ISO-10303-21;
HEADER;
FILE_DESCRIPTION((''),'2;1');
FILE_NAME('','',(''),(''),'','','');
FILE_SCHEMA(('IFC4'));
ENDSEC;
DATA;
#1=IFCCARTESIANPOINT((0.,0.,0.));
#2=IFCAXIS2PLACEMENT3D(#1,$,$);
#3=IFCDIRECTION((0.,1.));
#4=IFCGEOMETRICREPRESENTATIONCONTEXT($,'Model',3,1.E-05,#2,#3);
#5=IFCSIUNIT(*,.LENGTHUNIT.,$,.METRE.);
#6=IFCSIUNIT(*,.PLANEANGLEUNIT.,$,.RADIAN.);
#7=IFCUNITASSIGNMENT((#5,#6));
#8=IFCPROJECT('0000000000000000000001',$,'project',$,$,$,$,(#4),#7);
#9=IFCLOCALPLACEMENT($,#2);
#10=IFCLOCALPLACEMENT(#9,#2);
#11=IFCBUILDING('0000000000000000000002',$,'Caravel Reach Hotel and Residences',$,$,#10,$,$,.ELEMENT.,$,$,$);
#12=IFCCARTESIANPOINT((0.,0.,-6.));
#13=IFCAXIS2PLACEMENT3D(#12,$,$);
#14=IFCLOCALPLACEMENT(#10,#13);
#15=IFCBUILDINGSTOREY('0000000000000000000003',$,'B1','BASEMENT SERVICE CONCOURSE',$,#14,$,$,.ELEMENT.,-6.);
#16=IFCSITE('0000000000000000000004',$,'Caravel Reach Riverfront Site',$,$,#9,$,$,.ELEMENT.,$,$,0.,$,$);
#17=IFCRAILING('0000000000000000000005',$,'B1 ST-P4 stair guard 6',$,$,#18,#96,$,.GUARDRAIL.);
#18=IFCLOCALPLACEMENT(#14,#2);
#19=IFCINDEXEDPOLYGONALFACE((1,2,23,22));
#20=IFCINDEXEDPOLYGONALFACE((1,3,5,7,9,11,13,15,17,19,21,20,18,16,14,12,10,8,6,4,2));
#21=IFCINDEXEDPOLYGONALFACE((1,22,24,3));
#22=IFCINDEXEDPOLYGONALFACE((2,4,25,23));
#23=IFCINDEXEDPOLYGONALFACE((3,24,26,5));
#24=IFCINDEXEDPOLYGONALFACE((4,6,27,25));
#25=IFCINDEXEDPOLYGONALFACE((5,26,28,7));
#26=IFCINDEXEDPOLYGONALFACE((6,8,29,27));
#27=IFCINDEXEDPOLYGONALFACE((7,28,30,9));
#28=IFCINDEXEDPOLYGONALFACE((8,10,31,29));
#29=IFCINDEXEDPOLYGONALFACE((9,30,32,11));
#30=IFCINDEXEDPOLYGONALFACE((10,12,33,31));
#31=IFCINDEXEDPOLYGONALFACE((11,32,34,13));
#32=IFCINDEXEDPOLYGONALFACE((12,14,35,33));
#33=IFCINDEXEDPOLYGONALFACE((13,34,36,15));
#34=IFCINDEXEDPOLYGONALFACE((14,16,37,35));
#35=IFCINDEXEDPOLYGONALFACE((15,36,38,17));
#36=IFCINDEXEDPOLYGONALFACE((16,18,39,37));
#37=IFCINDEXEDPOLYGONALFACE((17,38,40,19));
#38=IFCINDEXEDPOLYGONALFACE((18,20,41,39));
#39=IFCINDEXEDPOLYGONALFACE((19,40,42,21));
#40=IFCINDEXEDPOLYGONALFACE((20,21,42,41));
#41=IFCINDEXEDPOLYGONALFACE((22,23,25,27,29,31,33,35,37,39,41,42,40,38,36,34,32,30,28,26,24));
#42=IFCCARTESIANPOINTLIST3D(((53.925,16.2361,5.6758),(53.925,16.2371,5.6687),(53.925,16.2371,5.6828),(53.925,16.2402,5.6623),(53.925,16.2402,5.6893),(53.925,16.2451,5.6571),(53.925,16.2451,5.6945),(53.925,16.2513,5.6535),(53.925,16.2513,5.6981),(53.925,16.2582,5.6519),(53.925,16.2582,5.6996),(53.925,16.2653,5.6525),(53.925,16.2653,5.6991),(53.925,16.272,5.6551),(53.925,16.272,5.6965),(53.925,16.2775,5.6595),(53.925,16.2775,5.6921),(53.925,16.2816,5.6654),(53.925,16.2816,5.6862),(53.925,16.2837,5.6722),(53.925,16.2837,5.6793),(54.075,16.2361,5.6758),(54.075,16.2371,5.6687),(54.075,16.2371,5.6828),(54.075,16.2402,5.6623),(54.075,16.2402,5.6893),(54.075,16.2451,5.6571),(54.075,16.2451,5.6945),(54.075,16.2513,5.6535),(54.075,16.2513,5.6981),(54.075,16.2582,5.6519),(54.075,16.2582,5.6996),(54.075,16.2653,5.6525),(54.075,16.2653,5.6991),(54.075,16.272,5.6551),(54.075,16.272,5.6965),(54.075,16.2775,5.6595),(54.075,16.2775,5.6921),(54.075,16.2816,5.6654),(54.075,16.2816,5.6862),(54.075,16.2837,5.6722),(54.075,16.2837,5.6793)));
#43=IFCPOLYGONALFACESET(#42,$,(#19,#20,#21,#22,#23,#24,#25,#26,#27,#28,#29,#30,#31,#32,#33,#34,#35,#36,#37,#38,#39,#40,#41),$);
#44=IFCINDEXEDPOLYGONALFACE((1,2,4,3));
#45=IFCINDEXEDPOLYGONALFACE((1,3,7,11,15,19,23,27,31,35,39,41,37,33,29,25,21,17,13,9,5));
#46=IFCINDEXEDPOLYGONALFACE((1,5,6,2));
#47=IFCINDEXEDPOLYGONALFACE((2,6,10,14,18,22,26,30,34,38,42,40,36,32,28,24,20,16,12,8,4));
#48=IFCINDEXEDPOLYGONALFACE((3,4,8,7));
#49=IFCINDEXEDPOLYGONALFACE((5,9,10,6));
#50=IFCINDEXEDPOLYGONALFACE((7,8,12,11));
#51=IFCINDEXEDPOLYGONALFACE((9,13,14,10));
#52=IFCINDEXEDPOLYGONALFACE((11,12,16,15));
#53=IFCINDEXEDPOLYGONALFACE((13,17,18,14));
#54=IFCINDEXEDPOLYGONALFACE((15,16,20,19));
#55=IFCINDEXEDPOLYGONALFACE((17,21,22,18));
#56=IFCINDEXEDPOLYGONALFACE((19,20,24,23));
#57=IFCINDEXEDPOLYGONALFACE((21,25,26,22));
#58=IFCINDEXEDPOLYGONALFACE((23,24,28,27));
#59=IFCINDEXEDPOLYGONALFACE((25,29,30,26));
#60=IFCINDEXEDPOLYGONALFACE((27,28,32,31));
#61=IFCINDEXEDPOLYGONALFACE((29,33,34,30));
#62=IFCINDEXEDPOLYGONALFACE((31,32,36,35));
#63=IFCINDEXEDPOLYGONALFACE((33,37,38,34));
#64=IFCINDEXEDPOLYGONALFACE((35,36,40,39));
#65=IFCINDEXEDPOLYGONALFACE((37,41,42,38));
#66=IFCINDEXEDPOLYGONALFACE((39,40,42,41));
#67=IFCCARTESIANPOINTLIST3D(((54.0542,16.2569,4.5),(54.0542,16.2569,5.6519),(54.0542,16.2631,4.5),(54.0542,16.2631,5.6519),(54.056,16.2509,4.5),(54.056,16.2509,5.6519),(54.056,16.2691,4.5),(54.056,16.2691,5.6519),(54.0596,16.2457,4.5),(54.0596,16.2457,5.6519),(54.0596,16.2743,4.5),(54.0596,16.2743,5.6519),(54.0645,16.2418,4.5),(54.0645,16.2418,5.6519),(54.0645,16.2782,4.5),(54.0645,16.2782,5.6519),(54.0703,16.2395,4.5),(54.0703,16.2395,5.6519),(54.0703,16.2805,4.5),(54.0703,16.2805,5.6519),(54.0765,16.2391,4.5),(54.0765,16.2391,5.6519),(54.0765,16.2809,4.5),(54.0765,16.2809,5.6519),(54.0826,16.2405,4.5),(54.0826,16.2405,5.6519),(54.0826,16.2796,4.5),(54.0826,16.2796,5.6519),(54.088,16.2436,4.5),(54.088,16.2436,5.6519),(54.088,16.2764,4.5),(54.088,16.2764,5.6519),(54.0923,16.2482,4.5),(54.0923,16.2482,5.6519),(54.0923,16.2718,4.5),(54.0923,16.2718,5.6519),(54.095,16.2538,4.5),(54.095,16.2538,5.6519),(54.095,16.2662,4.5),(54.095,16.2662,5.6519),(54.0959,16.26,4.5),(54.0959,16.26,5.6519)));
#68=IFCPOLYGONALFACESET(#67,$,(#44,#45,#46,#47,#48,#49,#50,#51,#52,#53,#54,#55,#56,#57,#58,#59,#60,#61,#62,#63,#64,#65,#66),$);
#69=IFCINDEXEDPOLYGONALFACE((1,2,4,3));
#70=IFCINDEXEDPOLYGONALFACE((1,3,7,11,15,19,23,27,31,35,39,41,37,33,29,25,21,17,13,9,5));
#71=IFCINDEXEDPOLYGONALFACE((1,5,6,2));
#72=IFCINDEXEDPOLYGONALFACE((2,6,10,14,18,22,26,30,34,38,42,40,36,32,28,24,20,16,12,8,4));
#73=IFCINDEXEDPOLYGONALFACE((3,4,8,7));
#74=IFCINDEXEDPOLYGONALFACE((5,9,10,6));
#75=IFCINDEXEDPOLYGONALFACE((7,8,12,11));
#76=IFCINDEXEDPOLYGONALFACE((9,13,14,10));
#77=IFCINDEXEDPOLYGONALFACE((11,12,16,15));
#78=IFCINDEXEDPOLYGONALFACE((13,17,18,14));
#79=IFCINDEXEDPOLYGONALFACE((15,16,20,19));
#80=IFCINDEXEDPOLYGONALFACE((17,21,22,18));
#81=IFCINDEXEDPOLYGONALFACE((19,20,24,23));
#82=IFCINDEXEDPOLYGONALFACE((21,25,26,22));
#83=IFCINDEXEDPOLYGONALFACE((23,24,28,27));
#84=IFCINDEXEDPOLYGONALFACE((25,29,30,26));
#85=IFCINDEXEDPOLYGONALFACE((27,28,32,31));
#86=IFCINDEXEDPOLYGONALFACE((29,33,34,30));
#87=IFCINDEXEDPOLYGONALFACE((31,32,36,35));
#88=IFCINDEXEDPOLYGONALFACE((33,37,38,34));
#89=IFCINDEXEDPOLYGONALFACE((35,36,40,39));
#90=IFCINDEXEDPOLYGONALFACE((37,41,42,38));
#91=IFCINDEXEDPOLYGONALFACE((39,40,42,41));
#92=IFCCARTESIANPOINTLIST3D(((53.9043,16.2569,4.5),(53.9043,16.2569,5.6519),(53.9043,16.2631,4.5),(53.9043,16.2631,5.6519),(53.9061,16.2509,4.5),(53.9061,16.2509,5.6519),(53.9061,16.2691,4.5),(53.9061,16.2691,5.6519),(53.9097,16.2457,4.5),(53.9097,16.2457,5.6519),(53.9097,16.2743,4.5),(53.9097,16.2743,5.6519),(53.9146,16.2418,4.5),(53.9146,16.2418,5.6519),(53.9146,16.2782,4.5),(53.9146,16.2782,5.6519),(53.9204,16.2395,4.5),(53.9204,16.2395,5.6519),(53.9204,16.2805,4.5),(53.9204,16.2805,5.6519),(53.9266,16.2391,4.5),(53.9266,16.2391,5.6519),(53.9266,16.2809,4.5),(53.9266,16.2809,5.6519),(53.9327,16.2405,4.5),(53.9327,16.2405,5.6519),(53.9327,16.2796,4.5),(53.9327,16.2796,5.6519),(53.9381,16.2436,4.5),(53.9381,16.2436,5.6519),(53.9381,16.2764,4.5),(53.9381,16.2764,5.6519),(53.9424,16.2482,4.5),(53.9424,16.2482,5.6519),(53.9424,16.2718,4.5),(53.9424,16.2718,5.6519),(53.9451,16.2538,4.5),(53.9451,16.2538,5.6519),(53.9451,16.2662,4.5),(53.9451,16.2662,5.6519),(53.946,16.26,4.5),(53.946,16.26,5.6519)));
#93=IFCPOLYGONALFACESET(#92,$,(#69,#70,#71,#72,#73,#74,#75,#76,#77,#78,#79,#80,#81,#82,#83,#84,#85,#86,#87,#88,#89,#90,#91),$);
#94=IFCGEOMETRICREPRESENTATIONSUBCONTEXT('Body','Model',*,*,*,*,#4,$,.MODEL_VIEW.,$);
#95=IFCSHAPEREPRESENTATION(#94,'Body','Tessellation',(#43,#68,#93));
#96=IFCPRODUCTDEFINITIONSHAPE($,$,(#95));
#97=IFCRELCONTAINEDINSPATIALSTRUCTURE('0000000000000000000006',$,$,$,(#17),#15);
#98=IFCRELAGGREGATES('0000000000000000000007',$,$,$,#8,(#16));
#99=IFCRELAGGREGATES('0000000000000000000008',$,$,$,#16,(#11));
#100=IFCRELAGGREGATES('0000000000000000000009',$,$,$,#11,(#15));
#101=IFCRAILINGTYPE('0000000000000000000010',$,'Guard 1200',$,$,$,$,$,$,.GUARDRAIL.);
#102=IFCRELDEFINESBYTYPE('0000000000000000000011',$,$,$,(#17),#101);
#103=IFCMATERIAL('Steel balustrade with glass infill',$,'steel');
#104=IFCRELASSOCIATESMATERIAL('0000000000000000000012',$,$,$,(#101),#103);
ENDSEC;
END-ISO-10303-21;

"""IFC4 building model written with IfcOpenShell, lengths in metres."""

from ifc_helpers import new_model, si_unit, direction, frame, origin, origin_2d, place, context, subcontext, project, spatial, circle, extrude, material, type_object, element, save


model = new_model("IFC4")

# Units and contexts
model_context = context("Model", 3, precision=1e-05, world=origin(), true_north=direction((0.0, 1.0)))
body_context = subcontext(model_context, "Body", "Model", "MODEL_VIEW")
ifc_project = project(units=[si_unit("LENGTHUNIT", "METRE"), si_unit("PLANEANGLEUNIT", "RADIAN")], contexts=[model_context])

# Site, building, storey
site_placement = place(None, origin())
site = spatial("IfcSite", under=ifc_project, at=site_placement, Name="Caravel Reach Riverfront Site", CompositionType="ELEMENT", RefElevation=0.0)
building_placement = place(site_placement, origin())
building = spatial("IfcBuilding", under=site, at=building_placement, Name="Caravel Reach Hotel and Residences", CompositionType="ELEMENT")
storey_placement = place(building_placement, frame((0.0, 0.0, -6.0)))
storey = spatial("IfcBuildingStorey", under=building, at=storey_placement, Name="B1", Description="BASEMENT SERVICE CONCOURSE", CompositionType="ELEMENT", Elevation=-6.0)

# Railing
ifc_material_1 = material(Name="Steel balustrade with glass infill", Category="steel")
railing_type_1 = type_object("IfcRailingType", Name="Guard 1200", PredefinedType="GUARDRAIL", material=ifc_material_1)
railing_1_placement = place(storey_placement, frame((54.075, 16.26, 4.5)))
element("IfcRailing", 1, at=railing_1_placement, inside=storey, type_object=railing_type_1, Name="B1 ST-P4 stair guard 6", PredefinedType="GUARDRAIL", context=body_context, shape_type="SweptSolid", body=[
    extrude(circle(Radius=0.0239, at=origin_2d()), frame((0.0, 0.0, 1.1758), z_axis=(-1.0, 0.0, 0.0), x_axis=(0.0, -1.0, 0.0)), (0.0, 0.0, 1.0), 0.1499),
    extrude(circle(Radius=0.021, at=origin_2d()), origin(), (0.0, 0.0, 1.0), 1.1519),
    extrude(circle(Radius=0.021, at=origin_2d()), frame((-0.1499, 0.0, 0.0)), (0.0, 0.0, 1.0), 1.1519),
])

save(model, "model.ifc")
